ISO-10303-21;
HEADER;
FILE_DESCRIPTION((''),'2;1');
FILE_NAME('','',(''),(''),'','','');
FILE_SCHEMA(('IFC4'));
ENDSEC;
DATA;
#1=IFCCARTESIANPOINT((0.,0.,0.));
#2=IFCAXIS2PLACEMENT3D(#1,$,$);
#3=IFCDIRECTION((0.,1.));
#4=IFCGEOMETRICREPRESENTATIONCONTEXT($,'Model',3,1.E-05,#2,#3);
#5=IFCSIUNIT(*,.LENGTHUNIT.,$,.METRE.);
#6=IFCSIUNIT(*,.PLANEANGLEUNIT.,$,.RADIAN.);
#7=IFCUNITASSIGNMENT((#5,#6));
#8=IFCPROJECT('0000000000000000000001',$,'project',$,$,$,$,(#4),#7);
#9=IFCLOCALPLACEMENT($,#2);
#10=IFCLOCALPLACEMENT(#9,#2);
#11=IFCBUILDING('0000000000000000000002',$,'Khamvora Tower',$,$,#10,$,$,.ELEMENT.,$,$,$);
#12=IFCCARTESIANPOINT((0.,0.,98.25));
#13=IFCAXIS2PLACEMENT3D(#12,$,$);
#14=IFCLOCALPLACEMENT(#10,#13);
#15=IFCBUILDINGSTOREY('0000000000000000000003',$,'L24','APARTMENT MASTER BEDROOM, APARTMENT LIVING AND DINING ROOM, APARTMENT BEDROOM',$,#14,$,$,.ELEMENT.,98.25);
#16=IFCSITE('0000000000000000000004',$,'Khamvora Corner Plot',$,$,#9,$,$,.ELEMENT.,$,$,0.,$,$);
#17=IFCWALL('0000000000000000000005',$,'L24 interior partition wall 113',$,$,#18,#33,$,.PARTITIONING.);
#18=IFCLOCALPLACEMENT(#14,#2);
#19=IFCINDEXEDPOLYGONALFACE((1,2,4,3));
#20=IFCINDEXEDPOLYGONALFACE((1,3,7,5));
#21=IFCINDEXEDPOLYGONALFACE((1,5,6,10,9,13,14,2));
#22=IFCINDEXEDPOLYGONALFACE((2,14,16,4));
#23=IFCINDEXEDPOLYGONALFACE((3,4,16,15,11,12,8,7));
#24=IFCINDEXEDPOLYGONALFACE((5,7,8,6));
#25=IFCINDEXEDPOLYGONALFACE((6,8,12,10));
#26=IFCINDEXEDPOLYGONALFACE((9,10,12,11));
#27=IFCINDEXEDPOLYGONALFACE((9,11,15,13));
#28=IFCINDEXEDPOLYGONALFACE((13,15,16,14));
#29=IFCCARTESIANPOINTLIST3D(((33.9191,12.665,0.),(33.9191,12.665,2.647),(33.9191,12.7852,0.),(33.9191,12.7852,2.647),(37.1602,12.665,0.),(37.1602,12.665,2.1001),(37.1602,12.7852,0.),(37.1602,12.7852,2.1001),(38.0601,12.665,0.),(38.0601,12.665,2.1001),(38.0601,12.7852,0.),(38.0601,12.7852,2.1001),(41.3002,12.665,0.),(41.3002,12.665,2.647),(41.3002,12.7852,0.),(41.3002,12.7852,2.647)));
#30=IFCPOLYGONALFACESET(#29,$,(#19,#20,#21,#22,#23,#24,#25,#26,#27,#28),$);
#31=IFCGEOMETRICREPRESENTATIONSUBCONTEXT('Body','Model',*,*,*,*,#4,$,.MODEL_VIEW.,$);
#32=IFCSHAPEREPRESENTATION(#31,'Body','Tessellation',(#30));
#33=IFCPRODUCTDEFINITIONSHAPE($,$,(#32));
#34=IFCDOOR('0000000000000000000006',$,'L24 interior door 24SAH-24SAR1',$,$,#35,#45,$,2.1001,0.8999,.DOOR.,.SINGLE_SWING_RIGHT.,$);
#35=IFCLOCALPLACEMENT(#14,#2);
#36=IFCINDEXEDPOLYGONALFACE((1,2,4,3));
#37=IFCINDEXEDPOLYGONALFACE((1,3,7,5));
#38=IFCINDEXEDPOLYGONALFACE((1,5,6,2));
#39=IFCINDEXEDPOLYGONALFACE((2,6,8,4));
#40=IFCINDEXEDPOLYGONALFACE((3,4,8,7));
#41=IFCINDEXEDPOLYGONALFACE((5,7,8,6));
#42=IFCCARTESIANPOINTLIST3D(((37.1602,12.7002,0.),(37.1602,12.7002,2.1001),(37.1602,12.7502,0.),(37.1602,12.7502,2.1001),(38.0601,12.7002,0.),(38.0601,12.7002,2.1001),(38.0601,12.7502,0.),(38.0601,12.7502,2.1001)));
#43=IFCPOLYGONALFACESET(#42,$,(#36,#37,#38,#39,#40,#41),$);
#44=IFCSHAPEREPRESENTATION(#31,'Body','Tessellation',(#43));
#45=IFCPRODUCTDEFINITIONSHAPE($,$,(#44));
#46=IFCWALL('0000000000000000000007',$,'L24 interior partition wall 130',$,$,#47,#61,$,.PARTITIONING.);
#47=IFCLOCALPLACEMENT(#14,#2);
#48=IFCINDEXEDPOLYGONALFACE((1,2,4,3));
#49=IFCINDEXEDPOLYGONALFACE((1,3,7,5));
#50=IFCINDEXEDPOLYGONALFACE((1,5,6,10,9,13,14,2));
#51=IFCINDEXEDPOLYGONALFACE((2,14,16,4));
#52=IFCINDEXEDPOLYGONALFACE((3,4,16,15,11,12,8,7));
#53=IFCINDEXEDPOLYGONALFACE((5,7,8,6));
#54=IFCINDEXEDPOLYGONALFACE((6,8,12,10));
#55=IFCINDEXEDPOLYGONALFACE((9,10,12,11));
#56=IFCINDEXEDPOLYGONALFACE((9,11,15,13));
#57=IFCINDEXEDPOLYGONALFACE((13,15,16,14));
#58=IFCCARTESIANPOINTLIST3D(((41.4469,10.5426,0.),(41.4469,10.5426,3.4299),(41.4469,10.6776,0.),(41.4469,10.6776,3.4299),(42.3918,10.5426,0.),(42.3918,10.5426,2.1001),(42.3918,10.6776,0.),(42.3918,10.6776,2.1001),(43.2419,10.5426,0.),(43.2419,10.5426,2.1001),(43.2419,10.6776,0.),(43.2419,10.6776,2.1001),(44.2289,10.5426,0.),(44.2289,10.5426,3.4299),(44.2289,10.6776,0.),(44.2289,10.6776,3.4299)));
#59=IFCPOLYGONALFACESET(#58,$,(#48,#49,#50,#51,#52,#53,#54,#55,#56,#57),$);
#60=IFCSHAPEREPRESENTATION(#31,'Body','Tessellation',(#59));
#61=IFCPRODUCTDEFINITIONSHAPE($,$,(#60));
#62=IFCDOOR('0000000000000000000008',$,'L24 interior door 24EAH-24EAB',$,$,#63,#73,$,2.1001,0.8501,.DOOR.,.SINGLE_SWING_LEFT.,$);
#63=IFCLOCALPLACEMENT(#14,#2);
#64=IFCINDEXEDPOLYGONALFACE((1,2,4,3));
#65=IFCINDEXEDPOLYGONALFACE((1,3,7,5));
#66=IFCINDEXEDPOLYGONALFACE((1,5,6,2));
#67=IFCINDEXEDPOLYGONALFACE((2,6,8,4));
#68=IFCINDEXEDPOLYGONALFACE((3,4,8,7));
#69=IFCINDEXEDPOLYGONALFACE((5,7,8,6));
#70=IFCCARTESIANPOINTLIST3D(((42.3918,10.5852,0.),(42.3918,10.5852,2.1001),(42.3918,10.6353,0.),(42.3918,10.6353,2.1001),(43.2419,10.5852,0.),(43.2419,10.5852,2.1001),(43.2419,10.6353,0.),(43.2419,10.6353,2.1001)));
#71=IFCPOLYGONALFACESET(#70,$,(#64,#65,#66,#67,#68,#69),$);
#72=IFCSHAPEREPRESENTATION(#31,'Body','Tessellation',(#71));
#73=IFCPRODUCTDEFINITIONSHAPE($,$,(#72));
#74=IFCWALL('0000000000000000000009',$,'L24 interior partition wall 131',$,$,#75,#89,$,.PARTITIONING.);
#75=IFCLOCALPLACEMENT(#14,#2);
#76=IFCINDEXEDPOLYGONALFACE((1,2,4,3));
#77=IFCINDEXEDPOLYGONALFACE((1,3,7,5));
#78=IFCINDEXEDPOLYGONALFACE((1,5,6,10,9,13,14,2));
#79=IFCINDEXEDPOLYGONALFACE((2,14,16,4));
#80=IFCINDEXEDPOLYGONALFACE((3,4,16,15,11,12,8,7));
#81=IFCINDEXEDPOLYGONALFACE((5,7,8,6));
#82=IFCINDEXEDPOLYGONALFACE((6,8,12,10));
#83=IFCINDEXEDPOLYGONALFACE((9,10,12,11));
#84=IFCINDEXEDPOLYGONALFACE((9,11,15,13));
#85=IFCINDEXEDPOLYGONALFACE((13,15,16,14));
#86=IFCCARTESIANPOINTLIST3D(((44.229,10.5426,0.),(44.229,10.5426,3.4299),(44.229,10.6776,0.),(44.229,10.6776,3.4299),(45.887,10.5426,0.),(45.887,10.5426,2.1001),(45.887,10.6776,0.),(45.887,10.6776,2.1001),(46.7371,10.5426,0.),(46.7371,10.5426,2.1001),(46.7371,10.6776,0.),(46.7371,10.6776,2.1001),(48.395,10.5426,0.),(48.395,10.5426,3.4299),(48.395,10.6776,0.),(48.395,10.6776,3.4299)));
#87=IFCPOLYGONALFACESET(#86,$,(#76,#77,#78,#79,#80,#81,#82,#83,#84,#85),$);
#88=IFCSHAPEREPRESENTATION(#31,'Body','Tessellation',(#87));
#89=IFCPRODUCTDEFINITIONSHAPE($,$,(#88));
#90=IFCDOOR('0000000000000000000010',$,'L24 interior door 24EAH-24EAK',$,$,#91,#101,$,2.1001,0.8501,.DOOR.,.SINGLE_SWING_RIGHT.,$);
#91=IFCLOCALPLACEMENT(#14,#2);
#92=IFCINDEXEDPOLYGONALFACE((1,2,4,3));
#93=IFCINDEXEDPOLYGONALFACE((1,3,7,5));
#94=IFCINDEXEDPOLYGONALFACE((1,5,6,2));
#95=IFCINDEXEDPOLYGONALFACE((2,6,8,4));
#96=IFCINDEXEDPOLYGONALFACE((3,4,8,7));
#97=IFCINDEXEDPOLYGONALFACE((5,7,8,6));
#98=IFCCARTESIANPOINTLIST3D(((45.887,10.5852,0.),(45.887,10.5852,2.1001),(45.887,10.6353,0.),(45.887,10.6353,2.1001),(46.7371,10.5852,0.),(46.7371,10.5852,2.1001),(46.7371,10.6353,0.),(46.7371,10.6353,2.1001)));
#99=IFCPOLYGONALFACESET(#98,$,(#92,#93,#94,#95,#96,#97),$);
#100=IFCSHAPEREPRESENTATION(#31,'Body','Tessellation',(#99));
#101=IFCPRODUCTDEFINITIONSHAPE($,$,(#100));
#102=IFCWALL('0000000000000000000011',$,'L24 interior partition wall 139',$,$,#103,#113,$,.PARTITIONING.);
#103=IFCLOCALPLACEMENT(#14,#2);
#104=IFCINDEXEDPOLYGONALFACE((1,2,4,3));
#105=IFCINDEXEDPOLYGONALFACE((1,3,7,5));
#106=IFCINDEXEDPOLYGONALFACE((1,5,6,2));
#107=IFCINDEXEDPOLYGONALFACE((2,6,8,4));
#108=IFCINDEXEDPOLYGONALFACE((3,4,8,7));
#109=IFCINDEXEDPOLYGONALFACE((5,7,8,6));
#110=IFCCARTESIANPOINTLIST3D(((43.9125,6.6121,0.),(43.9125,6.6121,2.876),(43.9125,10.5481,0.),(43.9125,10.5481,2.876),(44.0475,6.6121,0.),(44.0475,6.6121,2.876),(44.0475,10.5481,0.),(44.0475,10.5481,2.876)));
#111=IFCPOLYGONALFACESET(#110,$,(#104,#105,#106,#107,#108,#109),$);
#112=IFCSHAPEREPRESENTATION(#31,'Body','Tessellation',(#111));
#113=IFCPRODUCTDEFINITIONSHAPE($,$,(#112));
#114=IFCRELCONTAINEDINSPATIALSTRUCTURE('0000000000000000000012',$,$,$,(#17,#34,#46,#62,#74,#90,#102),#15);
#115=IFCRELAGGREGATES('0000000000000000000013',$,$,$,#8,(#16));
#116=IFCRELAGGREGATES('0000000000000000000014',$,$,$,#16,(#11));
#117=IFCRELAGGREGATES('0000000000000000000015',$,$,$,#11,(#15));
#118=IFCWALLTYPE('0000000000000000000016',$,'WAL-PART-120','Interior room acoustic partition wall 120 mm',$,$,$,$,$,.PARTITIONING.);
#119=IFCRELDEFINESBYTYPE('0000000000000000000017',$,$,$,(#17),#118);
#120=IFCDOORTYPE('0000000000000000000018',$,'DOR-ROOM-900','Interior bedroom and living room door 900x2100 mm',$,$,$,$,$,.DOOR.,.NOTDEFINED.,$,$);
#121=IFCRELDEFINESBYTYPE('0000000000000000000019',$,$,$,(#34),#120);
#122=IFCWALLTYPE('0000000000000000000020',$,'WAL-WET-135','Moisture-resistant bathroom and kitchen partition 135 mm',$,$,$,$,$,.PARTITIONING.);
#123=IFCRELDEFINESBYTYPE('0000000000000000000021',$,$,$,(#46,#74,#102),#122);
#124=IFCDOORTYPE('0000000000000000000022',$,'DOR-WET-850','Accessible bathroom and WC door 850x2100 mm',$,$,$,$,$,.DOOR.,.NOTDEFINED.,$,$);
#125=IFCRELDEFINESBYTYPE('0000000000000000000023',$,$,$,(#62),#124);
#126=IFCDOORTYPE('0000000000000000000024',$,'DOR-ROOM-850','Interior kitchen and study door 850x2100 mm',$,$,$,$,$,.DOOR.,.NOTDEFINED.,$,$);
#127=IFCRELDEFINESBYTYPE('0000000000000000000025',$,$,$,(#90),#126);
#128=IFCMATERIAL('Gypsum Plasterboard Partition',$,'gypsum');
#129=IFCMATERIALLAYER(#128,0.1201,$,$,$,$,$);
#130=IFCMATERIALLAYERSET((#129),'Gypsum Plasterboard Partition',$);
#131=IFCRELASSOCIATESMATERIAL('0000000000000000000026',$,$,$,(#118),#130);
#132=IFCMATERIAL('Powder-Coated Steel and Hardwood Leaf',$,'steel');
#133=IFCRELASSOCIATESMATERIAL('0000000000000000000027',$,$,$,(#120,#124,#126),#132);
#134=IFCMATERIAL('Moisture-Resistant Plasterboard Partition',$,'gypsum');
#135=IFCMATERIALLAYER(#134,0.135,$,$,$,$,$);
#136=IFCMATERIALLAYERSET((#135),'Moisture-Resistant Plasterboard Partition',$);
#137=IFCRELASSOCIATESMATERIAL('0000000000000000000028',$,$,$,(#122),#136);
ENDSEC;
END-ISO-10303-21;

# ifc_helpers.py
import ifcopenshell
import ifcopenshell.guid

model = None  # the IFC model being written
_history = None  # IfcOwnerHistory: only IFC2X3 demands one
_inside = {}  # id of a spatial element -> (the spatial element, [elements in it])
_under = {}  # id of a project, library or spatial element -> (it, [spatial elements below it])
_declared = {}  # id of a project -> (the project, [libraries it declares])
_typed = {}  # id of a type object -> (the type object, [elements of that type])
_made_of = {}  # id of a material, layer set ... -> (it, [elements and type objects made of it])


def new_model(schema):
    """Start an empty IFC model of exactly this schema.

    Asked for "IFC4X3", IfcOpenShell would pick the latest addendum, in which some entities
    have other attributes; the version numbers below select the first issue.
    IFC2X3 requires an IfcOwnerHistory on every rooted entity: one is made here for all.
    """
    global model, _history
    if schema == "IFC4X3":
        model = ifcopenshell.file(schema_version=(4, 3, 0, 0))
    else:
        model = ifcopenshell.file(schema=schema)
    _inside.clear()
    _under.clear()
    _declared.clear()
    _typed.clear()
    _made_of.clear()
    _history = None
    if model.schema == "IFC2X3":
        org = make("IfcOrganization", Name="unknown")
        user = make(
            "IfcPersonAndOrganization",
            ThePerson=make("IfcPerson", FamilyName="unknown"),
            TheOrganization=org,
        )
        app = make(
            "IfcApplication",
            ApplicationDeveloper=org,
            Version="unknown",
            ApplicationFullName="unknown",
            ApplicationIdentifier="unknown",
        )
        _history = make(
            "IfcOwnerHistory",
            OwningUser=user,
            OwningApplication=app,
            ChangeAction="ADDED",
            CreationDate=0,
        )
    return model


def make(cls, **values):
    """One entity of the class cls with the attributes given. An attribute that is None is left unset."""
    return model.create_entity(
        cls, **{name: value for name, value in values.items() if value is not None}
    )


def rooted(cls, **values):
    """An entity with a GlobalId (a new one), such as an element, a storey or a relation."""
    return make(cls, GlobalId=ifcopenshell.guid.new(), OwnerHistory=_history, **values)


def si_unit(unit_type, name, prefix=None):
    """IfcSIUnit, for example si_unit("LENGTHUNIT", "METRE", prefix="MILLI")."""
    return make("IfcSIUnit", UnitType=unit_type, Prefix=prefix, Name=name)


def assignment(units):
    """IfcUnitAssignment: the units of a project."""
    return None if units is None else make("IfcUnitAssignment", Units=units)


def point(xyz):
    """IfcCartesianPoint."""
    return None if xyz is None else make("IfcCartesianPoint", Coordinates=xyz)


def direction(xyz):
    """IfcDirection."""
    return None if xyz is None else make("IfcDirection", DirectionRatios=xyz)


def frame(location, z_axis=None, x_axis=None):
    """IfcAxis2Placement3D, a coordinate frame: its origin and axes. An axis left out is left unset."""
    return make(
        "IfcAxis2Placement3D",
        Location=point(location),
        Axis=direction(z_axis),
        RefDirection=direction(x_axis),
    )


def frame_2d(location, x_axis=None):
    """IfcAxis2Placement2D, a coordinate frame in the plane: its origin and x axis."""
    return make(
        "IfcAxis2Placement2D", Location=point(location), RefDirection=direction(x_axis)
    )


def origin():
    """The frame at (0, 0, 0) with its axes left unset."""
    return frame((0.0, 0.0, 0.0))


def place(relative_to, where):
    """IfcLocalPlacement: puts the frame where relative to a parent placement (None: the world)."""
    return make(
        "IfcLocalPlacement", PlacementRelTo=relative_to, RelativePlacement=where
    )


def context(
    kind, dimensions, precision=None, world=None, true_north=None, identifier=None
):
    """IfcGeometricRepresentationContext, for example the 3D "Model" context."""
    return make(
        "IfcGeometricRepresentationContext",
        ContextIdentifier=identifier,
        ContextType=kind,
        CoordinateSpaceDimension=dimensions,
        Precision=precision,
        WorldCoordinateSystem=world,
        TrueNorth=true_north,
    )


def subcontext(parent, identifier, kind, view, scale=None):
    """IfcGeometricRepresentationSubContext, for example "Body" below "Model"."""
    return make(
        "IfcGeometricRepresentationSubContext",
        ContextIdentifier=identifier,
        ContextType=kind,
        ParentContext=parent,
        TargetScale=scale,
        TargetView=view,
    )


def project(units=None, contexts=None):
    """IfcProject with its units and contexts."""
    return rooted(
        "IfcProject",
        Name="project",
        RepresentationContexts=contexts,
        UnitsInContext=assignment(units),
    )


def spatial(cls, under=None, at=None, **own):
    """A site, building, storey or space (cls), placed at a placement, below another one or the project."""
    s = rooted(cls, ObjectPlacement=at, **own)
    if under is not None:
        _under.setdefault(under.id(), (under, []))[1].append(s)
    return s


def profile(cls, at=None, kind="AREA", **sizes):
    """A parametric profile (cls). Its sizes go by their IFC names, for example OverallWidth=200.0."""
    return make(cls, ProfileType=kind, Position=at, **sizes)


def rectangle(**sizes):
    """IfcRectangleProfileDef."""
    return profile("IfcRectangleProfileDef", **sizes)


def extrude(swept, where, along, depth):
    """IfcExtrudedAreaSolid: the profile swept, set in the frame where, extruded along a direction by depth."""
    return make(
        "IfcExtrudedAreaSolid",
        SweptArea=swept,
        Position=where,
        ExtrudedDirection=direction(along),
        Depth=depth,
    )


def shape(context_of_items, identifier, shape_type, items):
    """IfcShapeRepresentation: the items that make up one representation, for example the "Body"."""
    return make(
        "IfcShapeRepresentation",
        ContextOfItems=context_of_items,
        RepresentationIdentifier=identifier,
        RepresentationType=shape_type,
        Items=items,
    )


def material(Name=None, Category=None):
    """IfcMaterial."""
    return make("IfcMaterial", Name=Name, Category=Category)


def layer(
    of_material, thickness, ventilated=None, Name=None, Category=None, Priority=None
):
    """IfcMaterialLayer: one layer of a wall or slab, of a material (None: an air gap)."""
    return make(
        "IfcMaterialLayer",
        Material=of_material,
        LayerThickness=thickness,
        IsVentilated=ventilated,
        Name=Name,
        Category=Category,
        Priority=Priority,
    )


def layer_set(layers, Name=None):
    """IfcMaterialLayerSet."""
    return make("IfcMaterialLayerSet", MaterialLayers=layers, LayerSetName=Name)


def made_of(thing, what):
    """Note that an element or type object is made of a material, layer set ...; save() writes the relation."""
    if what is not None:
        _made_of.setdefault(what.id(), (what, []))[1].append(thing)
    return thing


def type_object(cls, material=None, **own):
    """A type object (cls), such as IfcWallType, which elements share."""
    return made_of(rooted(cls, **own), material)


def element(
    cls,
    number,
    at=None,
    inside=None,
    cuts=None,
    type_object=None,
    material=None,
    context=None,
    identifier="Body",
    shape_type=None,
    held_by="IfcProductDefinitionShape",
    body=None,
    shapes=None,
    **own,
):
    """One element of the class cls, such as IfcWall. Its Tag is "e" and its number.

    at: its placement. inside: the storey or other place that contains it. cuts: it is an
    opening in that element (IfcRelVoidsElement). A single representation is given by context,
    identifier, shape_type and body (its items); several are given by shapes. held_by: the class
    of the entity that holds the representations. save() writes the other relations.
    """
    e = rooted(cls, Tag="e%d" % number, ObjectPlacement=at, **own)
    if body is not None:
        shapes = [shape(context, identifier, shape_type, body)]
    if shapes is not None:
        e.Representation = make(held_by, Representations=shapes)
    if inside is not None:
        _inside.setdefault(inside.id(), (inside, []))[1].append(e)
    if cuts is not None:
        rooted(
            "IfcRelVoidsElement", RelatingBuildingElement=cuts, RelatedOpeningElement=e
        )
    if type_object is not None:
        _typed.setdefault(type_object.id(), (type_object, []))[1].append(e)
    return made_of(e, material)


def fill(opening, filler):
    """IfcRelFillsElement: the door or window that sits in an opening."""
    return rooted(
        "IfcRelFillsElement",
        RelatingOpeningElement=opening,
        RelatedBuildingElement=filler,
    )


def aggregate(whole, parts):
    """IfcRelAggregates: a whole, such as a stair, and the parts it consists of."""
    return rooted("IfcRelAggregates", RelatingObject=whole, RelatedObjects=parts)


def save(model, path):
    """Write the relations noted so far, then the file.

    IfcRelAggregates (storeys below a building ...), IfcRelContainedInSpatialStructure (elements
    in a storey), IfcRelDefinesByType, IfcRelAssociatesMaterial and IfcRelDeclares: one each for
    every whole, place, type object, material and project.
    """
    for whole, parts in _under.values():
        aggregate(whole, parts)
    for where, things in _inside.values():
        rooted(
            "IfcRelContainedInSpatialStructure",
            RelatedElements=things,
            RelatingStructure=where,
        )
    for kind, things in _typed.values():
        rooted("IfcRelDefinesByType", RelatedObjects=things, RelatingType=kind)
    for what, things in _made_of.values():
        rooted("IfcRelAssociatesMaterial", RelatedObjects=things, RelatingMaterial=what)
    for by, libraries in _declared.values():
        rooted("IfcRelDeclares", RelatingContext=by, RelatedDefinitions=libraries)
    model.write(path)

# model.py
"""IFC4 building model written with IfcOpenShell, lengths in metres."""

from ifc_helpers import new_model, si_unit, direction, frame, frame_2d, origin, place, context, subcontext, project, spatial, rectangle, extrude, material, layer, layer_set, type_object, element, fill, save


model = new_model("IFC4")

# Units and contexts
model_context = context("Model", 3, precision=1e-05, world=origin(), true_north=direction((0.0, 1.0)))
body_context = subcontext(model_context, "Body", "Model", "MODEL_VIEW")
ifc_project = project(units=[si_unit("LENGTHUNIT", "METRE"), si_unit("PLANEANGLEUNIT", "RADIAN")], contexts=[model_context])

# Site, building, storey
site_placement = place(None, origin())
site = spatial("IfcSite", under=ifc_project, at=site_placement, Name="Khamvora Corner Plot", CompositionType="ELEMENT", RefElevation=0.0)
building_placement = place(site_placement, origin())
building = spatial("IfcBuilding", under=site, at=building_placement, Name="Khamvora Tower", CompositionType="ELEMENT")
storey_placement = place(building_placement, frame((0.0, 0.0, 98.25)))
storey = spatial("IfcBuildingStorey", under=building, at=storey_placement, Name="L24", Description="APARTMENT MASTER BEDROOM, APARTMENT LIVING AND DINING ROOM, APARTMENT BEDROOM", CompositionType="ELEMENT", Elevation=98.25)

# Walls, openings, doors
ifc_material_1 = material(Name="Gypsum Plasterboard Partition", Category="gypsum")
ifc_layer_1 = layer(ifc_material_1, 0.1201)
ifc_layer_set_1 = layer_set([ifc_layer_1], Name="Gypsum Plasterboard Partition")
wall_type_1 = type_object("IfcWallType", Name="WAL-PART-120", Description="Interior room acoustic partition wall 120 mm", PredefinedType="PARTITIONING", material=ifc_layer_set_1)
wall_1_placement = place(storey_placement, frame((41.3, 12.7251, 0.0), z_axis=(0.0, 0.0, 1.0), x_axis=(-1.0, 0.0, 0.0)))
wall_1 = element("IfcWall", 1, at=wall_1_placement, inside=storey, type_object=wall_type_1, Name="L24 interior partition wall 113", PredefinedType="PARTITIONING", context=body_context, shape_type="SweptSolid", body=[
    extrude(rectangle(XDim=7.3811, YDim=0.1201, at=frame_2d((3.6904, 0.0))), origin(), (0.0, 0.0, 1.0), 2.647),
])
opening_1_placement = place(wall_1_placement, frame((3.24, 0.0, 0.0)))
opening_1 = element("IfcOpeningElement", 2, at=opening_1_placement, cuts=wall_1, PredefinedType="OPENING", context=body_context, shape_type="SweptSolid", body=[
    extrude(rectangle(XDim=0.8999, YDim=2.1001, at=frame_2d((0.45, 1.05))), frame((0.0, 0.0701, 0.0), z_axis=(0.0, -1.0, 0.0), x_axis=(1.0, 0.0, 0.0)), (0.0, 0.0, 1.0), 0.1401),
])
ifc_material_2 = material(Name="Powder-Coated Steel and Hardwood Leaf", Category="steel")
door_type_1 = type_object("IfcDoorType", Name="DOR-ROOM-900", Description="Interior bedroom and living room door 900x2100 mm", OperationType="NOTDEFINED", PredefinedType="DOOR", material=ifc_material_2)
door_1_placement = place(opening_1_placement, origin())
door_1 = element("IfcDoor", 3, at=door_1_placement, inside=storey, type_object=door_type_1, Name="L24 interior door 24SAH-24SAR1", OperationType="SINGLE_SWING_RIGHT", OverallHeight=2.1001, OverallWidth=0.8999, PredefinedType="DOOR", context=body_context, shape_type="SweptSolid", body=[
    extrude(rectangle(XDim=0.8999, YDim=2.1001, at=frame_2d((0.45, 1.05))), frame((0.0, 0.0249, 0.0), z_axis=(0.0, -1.0, 0.0), x_axis=(1.0, 0.0, 0.0)), (0.0, 0.0, 1.0), 0.05),
])
fill(opening_1, door_1)
ifc_material_3 = material(Name="Moisture-Resistant Plasterboard Partition", Category="gypsum")
ifc_layer_2 = layer(ifc_material_3, 0.135)
ifc_layer_set_2 = layer_set([ifc_layer_2], Name="Moisture-Resistant Plasterboard Partition")
wall_type_2 = type_object("IfcWallType", Name="WAL-WET-135", Description="Moisture-resistant bathroom and kitchen partition 135 mm", PredefinedType="PARTITIONING", material=ifc_layer_set_2)
wall_2_placement = place(storey_placement, frame((44.229, 10.6101, 0.0), z_axis=(0.0, 0.0, 1.0), x_axis=(-1.0, 0.0, 0.0)))
wall_2 = element("IfcWall", 4, at=wall_2_placement, inside=storey, type_object=wall_type_2, Name="L24 interior partition wall 130", PredefinedType="PARTITIONING", context=body_context, shape_type="SweptSolid", body=[
    extrude(rectangle(XDim=2.782, YDim=0.135, at=frame_2d((1.3911, 0.0))), origin(), (0.0, 0.0, 1.0), 3.4299),
])
opening_2_placement = place(wall_2_placement, frame((0.9871, 0.0, 0.0)))
opening_2 = element("IfcOpeningElement", 5, at=opening_2_placement, cuts=wall_2, PredefinedType="OPENING", context=body_context, shape_type="SweptSolid", body=[
    extrude(rectangle(XDim=0.8501, YDim=2.1001, at=frame_2d((0.425, 1.05))), frame((0.0, 0.0774, 0.0), z_axis=(0.0, -1.0, 0.0), x_axis=(1.0, 0.0, 0.0)), (0.0, 0.0, 1.0), 0.155),
])
door_type_2 = type_object("IfcDoorType", Name="DOR-WET-850", Description="Accessible bathroom and WC door 850x2100 mm", OperationType="NOTDEFINED", PredefinedType="DOOR", material=ifc_material_2)
door_2_placement = place(opening_2_placement, origin())
door_2 = element("IfcDoor", 6, at=door_2_placement, inside=storey, type_object=door_type_2, Name="L24 interior door 24EAH-24EAB", OperationType="SINGLE_SWING_LEFT", OverallHeight=2.1001, OverallWidth=0.8501, PredefinedType="DOOR", context=body_context, shape_type="SweptSolid", body=[
    extrude(rectangle(XDim=0.8501, YDim=2.1001, at=frame_2d((0.425, 1.05))), frame((0.0, 0.0249, 0.0), z_axis=(0.0, -1.0, 0.0), x_axis=(1.0, 0.0, 0.0)), (0.0, 0.0, 1.0), 0.05),
])
fill(opening_2, door_2)
wall_3_placement = place(storey_placement, frame((48.395, 10.6101, 0.0), z_axis=(0.0, 0.0, 1.0), x_axis=(-1.0, 0.0, 0.0)))
wall_3 = element("IfcWall", 7, at=wall_3_placement, inside=storey, type_object=wall_type_2, Name="L24 interior partition wall 131", PredefinedType="PARTITIONING", context=body_context, shape_type="SweptSolid", body=[
    extrude(rectangle(XDim=4.166, YDim=0.135, at=frame_2d((2.083, 0.0))), origin(), (0.0, 0.0, 1.0), 3.4299),
])
opening_3_placement = place(wall_3_placement, frame((1.658, 0.0, 0.0)))
opening_3 = element("IfcOpeningElement", 8, at=opening_3_placement, cuts=wall_3, PredefinedType="OPENING", context=body_context, shape_type="SweptSolid", body=[
    extrude(rectangle(XDim=0.8501, YDim=2.1001, at=frame_2d((0.425, 1.05))), frame((0.0, 0.0774, 0.0), z_axis=(0.0, -1.0, 0.0), x_axis=(1.0, 0.0, 0.0)), (0.0, 0.0, 1.0), 0.155),
])
door_type_3 = type_object("IfcDoorType", Name="DOR-ROOM-850", Description="Interior kitchen and study door 850x2100 mm", OperationType="NOTDEFINED", PredefinedType="DOOR", material=ifc_material_2)
door_3_placement = place(opening_3_placement, origin())
door_3 = element("IfcDoor", 9, at=door_3_placement, inside=storey, type_object=door_type_3, Name="L24 interior door 24EAH-24EAK", OperationType="SINGLE_SWING_RIGHT", OverallHeight=2.1001, OverallWidth=0.8501, PredefinedType="DOOR", context=body_context, shape_type="SweptSolid", body=[
    extrude(rectangle(XDim=0.8501, YDim=2.1001, at=frame_2d((0.425, 1.05))), frame((0.0, 0.0249, 0.0), z_axis=(0.0, -1.0, 0.0), x_axis=(1.0, 0.0, 0.0)), (0.0, 0.0, 1.0), 0.05),
])
fill(opening_3, door_3)

# Wall
wall_4_placement = place(storey_placement, frame((43.98, 10.5481, 0.0), z_axis=(0.0, 0.0, 1.0), x_axis=(0.0, -1.0, 0.0)))
element("IfcWall", 10, at=wall_4_placement, inside=storey, type_object=wall_type_2, Name="L24 interior partition wall 139", PredefinedType="PARTITIONING", context=body_context, shape_type="SweptSolid", body=[
    extrude(rectangle(XDim=3.936, YDim=0.135, at=frame_2d((1.968, 0.0))), origin(), (0.0, 0.0, 1.0), 2.876),
])

save(model, "model.ifc")
